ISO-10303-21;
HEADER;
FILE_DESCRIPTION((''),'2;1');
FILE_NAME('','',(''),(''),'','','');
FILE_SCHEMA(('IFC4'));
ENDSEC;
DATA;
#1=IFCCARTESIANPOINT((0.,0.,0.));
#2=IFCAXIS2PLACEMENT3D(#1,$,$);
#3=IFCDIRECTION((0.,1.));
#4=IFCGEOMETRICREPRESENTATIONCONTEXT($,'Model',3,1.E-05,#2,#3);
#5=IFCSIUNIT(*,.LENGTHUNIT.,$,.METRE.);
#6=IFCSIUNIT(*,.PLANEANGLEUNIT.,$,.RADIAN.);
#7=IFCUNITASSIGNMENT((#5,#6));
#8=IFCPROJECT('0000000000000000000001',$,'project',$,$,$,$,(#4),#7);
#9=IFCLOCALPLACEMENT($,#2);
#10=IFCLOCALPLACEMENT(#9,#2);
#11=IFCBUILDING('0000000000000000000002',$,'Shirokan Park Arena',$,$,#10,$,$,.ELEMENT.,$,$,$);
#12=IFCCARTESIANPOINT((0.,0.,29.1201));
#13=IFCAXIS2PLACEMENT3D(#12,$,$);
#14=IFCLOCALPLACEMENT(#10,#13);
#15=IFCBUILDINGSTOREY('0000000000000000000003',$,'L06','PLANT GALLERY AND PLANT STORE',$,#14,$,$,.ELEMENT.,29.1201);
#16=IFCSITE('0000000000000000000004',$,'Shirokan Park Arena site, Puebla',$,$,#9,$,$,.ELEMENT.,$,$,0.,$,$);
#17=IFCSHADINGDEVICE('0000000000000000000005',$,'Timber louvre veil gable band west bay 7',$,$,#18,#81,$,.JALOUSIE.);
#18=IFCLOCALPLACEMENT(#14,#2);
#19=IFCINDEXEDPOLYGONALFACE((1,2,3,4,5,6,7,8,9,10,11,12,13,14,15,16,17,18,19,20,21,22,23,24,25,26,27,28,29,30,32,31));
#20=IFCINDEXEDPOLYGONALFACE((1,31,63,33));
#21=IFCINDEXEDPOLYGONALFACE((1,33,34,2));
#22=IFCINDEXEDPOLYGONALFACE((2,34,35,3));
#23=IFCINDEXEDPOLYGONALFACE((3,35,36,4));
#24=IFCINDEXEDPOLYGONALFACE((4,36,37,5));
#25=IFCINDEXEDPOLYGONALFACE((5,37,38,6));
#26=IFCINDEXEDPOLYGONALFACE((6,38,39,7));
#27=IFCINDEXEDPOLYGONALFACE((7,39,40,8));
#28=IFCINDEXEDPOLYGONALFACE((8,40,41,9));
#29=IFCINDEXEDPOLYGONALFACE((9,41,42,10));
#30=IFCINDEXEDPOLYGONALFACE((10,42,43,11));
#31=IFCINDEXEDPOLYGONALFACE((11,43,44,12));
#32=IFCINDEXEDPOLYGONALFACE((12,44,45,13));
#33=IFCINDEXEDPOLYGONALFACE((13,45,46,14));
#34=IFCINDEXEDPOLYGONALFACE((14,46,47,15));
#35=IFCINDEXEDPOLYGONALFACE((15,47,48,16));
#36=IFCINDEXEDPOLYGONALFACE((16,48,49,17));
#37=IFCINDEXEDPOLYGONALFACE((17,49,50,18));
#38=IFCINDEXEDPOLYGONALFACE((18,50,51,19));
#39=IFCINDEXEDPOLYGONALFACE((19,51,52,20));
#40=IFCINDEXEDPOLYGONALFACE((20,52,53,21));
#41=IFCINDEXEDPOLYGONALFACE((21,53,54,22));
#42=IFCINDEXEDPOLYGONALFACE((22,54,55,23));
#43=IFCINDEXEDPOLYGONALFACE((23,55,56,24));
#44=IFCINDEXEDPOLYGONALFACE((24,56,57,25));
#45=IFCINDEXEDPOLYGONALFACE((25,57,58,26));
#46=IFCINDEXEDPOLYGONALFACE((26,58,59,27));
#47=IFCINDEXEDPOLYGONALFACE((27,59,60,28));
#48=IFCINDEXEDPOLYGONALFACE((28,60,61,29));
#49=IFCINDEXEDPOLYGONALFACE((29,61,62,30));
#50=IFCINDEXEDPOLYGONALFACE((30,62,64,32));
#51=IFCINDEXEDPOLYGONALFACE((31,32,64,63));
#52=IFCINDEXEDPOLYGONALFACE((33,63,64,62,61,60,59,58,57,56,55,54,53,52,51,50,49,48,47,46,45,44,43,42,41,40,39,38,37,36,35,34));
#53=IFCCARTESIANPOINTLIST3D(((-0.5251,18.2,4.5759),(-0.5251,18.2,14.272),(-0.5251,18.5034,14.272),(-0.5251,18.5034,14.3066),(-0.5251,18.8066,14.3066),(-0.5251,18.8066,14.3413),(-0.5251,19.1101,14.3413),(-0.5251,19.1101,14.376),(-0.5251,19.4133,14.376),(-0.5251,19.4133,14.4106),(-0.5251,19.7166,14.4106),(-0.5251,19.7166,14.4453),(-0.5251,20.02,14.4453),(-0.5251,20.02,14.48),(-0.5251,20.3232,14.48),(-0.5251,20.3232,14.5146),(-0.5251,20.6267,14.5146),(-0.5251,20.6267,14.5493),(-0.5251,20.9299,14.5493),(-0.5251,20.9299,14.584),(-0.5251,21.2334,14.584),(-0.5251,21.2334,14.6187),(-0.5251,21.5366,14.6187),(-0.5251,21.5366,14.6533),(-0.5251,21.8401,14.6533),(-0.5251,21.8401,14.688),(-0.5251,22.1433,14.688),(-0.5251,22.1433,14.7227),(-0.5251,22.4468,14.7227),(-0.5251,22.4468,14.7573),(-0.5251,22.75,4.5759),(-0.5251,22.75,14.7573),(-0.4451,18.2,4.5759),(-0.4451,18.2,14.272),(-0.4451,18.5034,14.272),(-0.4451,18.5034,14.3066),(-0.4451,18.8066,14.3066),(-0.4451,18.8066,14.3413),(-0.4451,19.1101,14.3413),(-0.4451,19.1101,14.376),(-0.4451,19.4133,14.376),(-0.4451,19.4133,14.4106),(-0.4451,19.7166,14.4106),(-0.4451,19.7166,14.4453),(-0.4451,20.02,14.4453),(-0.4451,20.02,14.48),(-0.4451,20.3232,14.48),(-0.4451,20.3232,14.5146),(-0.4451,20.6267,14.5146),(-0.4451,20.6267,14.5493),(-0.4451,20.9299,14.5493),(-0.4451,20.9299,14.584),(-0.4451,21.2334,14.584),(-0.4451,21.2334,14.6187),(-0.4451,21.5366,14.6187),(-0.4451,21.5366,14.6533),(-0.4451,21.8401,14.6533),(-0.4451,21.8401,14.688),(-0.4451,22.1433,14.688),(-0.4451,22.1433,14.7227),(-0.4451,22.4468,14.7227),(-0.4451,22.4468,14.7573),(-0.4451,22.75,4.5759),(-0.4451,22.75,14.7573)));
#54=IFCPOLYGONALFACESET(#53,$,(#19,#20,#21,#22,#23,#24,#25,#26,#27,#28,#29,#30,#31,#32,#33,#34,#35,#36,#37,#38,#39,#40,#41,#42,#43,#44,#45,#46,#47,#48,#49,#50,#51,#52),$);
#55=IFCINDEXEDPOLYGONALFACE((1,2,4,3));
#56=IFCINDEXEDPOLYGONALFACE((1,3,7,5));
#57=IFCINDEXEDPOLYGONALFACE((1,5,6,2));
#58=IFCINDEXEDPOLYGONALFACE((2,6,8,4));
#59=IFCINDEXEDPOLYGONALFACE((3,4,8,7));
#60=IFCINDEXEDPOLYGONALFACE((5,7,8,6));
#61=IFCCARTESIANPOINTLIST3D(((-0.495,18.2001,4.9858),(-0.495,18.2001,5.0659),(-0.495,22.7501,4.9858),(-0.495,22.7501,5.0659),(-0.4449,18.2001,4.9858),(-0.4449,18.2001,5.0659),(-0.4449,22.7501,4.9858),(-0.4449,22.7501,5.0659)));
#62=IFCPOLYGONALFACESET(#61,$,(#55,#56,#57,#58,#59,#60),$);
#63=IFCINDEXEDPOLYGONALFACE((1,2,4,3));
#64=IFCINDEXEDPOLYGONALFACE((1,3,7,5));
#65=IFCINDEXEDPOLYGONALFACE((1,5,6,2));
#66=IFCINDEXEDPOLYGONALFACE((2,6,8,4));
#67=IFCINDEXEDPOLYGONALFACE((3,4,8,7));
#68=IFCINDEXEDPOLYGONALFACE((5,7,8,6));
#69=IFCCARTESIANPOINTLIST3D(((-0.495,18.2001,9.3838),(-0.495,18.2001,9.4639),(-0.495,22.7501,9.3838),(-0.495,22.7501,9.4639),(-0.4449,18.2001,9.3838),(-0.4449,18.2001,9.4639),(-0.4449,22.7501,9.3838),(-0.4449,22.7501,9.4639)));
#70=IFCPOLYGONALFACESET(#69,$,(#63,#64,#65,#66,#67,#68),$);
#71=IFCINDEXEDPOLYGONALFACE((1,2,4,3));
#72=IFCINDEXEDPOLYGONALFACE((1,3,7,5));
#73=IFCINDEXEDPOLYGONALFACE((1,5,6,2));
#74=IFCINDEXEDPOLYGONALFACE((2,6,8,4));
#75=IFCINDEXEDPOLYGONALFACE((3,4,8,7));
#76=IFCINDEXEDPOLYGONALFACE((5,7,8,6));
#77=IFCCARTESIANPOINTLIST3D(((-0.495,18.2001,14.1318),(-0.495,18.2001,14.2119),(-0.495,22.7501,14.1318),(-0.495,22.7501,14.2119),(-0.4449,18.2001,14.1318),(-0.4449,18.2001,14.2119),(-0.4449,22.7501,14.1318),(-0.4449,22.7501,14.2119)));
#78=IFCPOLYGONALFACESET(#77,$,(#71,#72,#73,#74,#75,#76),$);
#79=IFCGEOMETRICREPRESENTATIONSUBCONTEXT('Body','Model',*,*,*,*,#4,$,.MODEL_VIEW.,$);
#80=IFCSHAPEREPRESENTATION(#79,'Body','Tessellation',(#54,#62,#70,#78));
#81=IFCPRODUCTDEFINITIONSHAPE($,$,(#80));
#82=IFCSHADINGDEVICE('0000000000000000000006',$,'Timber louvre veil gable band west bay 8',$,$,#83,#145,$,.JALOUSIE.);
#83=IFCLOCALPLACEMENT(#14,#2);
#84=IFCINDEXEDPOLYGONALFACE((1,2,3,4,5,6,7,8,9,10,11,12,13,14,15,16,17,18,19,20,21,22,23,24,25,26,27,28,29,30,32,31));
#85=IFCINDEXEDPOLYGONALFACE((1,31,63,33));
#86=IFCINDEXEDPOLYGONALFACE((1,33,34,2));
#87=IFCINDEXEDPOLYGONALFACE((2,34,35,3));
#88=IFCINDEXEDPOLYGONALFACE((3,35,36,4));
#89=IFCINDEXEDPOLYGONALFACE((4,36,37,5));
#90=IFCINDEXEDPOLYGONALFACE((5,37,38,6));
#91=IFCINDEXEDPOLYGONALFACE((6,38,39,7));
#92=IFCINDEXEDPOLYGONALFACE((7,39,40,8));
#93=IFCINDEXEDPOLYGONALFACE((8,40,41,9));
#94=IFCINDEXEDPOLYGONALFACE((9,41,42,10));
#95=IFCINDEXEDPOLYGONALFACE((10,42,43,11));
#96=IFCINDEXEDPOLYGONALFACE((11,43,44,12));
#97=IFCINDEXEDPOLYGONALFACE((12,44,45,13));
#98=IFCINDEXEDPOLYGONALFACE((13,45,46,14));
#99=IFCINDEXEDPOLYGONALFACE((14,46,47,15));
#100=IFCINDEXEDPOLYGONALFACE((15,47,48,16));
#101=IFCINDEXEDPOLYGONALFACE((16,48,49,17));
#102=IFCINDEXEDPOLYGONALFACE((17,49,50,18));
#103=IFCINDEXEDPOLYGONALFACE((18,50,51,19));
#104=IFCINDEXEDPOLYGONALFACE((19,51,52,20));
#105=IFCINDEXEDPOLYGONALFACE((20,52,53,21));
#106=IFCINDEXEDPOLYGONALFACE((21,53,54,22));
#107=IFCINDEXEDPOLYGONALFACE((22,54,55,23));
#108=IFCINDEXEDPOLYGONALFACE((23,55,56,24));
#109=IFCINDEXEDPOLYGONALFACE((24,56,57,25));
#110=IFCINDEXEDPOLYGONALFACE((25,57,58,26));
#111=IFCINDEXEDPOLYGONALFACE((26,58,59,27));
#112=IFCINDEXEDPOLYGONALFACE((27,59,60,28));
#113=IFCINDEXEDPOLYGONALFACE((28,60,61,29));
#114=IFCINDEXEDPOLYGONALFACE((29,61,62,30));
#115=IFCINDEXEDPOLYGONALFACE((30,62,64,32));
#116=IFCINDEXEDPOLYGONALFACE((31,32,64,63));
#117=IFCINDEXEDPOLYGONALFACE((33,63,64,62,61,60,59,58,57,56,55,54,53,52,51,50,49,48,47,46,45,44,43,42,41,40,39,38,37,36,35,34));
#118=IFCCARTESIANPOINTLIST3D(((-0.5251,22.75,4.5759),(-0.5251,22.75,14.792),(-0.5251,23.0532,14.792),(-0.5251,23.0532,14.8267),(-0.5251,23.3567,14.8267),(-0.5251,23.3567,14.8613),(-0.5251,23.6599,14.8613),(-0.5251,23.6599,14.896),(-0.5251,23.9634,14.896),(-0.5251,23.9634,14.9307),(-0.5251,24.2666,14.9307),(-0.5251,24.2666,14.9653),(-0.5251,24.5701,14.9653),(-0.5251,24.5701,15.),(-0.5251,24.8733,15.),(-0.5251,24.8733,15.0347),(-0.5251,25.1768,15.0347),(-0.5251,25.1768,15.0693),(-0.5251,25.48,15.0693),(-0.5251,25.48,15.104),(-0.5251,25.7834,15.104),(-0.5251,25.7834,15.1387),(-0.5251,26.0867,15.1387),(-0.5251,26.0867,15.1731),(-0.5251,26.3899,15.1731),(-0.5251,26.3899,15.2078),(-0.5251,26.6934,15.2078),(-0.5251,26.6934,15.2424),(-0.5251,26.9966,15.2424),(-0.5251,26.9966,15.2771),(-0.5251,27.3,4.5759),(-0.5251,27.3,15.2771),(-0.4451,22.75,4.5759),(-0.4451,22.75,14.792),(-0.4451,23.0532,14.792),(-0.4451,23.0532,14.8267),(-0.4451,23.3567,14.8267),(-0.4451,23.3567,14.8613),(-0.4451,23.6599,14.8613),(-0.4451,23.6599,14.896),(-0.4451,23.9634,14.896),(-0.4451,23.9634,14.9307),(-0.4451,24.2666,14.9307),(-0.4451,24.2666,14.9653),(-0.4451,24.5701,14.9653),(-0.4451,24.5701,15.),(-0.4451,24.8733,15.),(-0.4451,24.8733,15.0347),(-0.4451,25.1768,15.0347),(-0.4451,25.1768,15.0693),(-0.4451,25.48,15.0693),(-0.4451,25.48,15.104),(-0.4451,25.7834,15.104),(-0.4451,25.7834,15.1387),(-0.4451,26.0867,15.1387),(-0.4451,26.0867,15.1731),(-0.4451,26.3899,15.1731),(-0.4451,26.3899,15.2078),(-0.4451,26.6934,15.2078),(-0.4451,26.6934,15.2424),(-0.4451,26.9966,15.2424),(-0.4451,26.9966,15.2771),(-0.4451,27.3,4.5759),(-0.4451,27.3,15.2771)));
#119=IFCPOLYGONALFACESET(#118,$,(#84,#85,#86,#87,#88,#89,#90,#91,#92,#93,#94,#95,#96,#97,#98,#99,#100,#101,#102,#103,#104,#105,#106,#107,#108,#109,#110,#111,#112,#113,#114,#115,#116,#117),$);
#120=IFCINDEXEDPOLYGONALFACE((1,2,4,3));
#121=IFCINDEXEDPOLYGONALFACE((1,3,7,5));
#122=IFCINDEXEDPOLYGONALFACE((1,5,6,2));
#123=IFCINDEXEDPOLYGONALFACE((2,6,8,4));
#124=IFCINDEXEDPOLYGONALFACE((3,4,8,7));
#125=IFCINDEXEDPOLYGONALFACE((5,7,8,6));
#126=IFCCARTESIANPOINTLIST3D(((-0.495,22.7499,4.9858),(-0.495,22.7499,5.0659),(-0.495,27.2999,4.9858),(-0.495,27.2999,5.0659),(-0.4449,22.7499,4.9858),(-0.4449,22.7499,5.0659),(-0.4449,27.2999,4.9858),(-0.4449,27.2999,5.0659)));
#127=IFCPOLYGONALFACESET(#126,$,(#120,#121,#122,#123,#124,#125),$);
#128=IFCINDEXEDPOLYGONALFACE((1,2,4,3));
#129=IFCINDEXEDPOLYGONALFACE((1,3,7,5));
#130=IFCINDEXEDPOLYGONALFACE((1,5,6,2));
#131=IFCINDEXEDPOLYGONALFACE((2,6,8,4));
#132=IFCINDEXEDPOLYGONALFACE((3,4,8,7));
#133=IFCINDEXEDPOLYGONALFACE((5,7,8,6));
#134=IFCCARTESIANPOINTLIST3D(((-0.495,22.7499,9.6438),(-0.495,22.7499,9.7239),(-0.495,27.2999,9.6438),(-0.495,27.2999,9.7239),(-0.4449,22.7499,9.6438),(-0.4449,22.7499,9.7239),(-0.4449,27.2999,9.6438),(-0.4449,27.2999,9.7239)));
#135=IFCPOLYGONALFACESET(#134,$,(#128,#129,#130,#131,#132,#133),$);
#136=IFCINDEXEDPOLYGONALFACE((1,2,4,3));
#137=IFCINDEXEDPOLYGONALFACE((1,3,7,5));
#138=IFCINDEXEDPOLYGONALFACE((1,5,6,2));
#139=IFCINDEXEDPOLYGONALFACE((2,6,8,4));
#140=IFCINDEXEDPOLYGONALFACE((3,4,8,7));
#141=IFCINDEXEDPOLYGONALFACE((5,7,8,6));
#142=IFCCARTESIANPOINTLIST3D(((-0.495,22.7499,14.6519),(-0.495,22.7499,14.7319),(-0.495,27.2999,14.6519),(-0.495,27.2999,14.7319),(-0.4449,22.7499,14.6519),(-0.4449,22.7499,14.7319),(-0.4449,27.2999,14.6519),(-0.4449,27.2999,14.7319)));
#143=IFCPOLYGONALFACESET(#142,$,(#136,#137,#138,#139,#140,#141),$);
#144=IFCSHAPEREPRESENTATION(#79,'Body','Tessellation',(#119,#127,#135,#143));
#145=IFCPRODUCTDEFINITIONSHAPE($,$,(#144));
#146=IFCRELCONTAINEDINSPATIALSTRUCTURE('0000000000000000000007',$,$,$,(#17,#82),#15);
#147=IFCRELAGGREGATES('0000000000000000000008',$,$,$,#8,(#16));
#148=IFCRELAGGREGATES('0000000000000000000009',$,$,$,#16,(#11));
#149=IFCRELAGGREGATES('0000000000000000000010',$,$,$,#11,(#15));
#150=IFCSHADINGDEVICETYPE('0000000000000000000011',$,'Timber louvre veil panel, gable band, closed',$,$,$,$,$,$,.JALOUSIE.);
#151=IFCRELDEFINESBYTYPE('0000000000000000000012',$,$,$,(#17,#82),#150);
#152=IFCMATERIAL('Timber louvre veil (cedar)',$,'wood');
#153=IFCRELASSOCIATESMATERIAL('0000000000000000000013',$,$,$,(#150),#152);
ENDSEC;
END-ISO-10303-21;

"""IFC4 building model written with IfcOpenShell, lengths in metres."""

from ifc_helpers import new_model, si_unit, direction, frame, origin, origin_2d, place, context, subcontext, project, spatial, polyline, rectangle, outline, extrude, material, type_object, element, save


model = new_model("IFC4")

# Units and contexts
model_context = context("Model", 3, precision=1e-05, world=origin(), true_north=direction((0.0, 1.0)))
body_context = subcontext(model_context, "Body", "Model", "MODEL_VIEW")
ifc_project = project(units=[si_unit("LENGTHUNIT", "METRE"), si_unit("PLANEANGLEUNIT", "RADIAN")], contexts=[model_context])

# Site, building, storey
site_placement = place(None, origin())
site = spatial("IfcSite", under=ifc_project, at=site_placement, Name="Shirokan Park Arena site, Puebla", CompositionType="ELEMENT", RefElevation=0.0)
building_placement = place(site_placement, origin())
building = spatial("IfcBuilding", under=site, at=building_placement, Name="Shirokan Park Arena", CompositionType="ELEMENT")
storey_placement = place(building_placement, frame((0.0, 0.0, 29.1201)))
storey = spatial("IfcBuildingStorey", under=building, at=storey_placement, Name="L06", Description="PLANT GALLERY AND PLANT STORE", CompositionType="ELEMENT", Elevation=29.1201)

# Shading devices
ifc_material = material(Name="Timber louvre veil (cedar)", Category="wood")
shading_device_type_1 = type_object("IfcShadingDeviceType", Name="Timber louvre veil panel, gable band, closed", PredefinedType="JALOUSIE", material=ifc_material)
shading_device_1_placement = place(storey_placement, origin())
element("IfcShadingDevice", 1, at=shading_device_1_placement, inside=storey, type_object=shading_device_type_1, Name="Timber louvre veil gable band west bay 7", PredefinedType="JALOUSIE", context=body_context, shape_type="SweptSolid", body=[
    extrude(outline(polyline([(18.5034, 14.272), (18.2, 14.272), (18.2, 4.5759), (22.75, 4.5759), (22.75, 14.7573), (22.4468, 14.7573), (22.4468, 14.7227), (22.1433, 14.7227), (22.1433, 14.688), (21.8401, 14.688), (21.8401, 14.6533), (21.5366, 14.6533), (21.5366, 14.6187), (21.2334, 14.6187), (21.2334, 14.584), (20.9299, 14.584), (20.9299, 14.5493), (20.6267, 14.5493), (20.6267, 14.5146), (20.3232, 14.5146), (20.3232, 14.48), (20.02, 14.48), (20.02, 14.4453), (19.7166, 14.4453), (19.7166, 14.4106), (19.4133, 14.4106), (19.4133, 14.376), (19.1101, 14.376), (19.1101, 14.3413), (18.8066, 14.3413), (18.8066, 14.3066), (18.5034, 14.3066), (18.5034, 14.272)])), frame((-0.5251, 0.0, 0.0), z_axis=(1.0, 0.0, 0.0), x_axis=(0.0, 1.0, 0.0)), (0.0, 0.0, 1.0), 0.0801),
    extrude(rectangle(XDim=0.05, YDim=4.55, at=origin_2d()), frame((-0.47, 20.4751, 4.9858), z_axis=(0.0, 0.0, 1.0), x_axis=(1.0, 0.0, 0.0)), (0.0, 0.0, 1.0), 0.0801),
    extrude(rectangle(XDim=0.05, YDim=4.55, at=origin_2d()), frame((-0.47, 20.4751, 9.3838), z_axis=(0.0, 0.0, 1.0), x_axis=(1.0, 0.0, 0.0)), (0.0, 0.0, 1.0), 0.0801),
    extrude(rectangle(XDim=0.05, YDim=4.55, at=origin_2d()), frame((-0.47, 20.4751, 14.1318), z_axis=(0.0, 0.0, 1.0), x_axis=(1.0, 0.0, 0.0)), (0.0, 0.0, 1.0), 0.0801),
])
shading_device_2_placement = place(storey_placement, origin())
element("IfcShadingDevice", 2, at=shading_device_2_placement, inside=storey, type_object=shading_device_type_1, Name="Timber louvre veil gable band west bay 8", PredefinedType="JALOUSIE", context=body_context, shape_type="SweptSolid", body=[
    extrude(outline(polyline([(23.0532, 14.792), (22.75, 14.792), (22.75, 4.5759), (27.3, 4.5759), (27.3, 15.2771), (26.9966, 15.2771), (26.9966, 15.2424), (26.6934, 15.2424), (26.6934, 15.2078), (26.3899, 15.2078), (26.3899, 15.1731), (26.0867, 15.1731), (26.0867, 15.1387), (25.7834, 15.1387), (25.7834, 15.104), (25.48, 15.104), (25.48, 15.0693), (25.1768, 15.0693), (25.1768, 15.0347), (24.8733, 15.0347), (24.8733, 15.0), (24.5701, 15.0), (24.5701, 14.9653), (24.2666, 14.9653), (24.2666, 14.9307), (23.9634, 14.9307), (23.9634, 14.896), (23.6599, 14.896), (23.6599, 14.8613), (23.3567, 14.8613), (23.3567, 14.8267), (23.0532, 14.8267), (23.0532, 14.792)])), frame((-0.5251, 0.0, 0.0), z_axis=(1.0, 0.0, 0.0), x_axis=(0.0, 1.0, 0.0)), (0.0, 0.0, 1.0), 0.0801),
    extrude(rectangle(XDim=0.05, YDim=4.55, at=origin_2d()), frame((-0.47, 25.0249, 4.9858), z_axis=(0.0, 0.0, 1.0), x_axis=(1.0, 0.0, 0.0)), (0.0, 0.0, 1.0), 0.0801),
    extrude(rectangle(XDim=0.05, YDim=4.55, at=origin_2d()), frame((-0.47, 25.0249, 9.6438), z_axis=(0.0, 0.0, 1.0), x_axis=(1.0, 0.0, 0.0)), (0.0, 0.0, 1.0), 0.0801),
    extrude(rectangle(XDim=0.05, YDim=4.55, at=origin_2d()), frame((-0.47, 25.0249, 14.6519), z_axis=(0.0, 0.0, 1.0), x_axis=(1.0, 0.0, 0.0)), (0.0, 0.0, 1.0), 0.0801),
])

save(model, "model.ifc")
